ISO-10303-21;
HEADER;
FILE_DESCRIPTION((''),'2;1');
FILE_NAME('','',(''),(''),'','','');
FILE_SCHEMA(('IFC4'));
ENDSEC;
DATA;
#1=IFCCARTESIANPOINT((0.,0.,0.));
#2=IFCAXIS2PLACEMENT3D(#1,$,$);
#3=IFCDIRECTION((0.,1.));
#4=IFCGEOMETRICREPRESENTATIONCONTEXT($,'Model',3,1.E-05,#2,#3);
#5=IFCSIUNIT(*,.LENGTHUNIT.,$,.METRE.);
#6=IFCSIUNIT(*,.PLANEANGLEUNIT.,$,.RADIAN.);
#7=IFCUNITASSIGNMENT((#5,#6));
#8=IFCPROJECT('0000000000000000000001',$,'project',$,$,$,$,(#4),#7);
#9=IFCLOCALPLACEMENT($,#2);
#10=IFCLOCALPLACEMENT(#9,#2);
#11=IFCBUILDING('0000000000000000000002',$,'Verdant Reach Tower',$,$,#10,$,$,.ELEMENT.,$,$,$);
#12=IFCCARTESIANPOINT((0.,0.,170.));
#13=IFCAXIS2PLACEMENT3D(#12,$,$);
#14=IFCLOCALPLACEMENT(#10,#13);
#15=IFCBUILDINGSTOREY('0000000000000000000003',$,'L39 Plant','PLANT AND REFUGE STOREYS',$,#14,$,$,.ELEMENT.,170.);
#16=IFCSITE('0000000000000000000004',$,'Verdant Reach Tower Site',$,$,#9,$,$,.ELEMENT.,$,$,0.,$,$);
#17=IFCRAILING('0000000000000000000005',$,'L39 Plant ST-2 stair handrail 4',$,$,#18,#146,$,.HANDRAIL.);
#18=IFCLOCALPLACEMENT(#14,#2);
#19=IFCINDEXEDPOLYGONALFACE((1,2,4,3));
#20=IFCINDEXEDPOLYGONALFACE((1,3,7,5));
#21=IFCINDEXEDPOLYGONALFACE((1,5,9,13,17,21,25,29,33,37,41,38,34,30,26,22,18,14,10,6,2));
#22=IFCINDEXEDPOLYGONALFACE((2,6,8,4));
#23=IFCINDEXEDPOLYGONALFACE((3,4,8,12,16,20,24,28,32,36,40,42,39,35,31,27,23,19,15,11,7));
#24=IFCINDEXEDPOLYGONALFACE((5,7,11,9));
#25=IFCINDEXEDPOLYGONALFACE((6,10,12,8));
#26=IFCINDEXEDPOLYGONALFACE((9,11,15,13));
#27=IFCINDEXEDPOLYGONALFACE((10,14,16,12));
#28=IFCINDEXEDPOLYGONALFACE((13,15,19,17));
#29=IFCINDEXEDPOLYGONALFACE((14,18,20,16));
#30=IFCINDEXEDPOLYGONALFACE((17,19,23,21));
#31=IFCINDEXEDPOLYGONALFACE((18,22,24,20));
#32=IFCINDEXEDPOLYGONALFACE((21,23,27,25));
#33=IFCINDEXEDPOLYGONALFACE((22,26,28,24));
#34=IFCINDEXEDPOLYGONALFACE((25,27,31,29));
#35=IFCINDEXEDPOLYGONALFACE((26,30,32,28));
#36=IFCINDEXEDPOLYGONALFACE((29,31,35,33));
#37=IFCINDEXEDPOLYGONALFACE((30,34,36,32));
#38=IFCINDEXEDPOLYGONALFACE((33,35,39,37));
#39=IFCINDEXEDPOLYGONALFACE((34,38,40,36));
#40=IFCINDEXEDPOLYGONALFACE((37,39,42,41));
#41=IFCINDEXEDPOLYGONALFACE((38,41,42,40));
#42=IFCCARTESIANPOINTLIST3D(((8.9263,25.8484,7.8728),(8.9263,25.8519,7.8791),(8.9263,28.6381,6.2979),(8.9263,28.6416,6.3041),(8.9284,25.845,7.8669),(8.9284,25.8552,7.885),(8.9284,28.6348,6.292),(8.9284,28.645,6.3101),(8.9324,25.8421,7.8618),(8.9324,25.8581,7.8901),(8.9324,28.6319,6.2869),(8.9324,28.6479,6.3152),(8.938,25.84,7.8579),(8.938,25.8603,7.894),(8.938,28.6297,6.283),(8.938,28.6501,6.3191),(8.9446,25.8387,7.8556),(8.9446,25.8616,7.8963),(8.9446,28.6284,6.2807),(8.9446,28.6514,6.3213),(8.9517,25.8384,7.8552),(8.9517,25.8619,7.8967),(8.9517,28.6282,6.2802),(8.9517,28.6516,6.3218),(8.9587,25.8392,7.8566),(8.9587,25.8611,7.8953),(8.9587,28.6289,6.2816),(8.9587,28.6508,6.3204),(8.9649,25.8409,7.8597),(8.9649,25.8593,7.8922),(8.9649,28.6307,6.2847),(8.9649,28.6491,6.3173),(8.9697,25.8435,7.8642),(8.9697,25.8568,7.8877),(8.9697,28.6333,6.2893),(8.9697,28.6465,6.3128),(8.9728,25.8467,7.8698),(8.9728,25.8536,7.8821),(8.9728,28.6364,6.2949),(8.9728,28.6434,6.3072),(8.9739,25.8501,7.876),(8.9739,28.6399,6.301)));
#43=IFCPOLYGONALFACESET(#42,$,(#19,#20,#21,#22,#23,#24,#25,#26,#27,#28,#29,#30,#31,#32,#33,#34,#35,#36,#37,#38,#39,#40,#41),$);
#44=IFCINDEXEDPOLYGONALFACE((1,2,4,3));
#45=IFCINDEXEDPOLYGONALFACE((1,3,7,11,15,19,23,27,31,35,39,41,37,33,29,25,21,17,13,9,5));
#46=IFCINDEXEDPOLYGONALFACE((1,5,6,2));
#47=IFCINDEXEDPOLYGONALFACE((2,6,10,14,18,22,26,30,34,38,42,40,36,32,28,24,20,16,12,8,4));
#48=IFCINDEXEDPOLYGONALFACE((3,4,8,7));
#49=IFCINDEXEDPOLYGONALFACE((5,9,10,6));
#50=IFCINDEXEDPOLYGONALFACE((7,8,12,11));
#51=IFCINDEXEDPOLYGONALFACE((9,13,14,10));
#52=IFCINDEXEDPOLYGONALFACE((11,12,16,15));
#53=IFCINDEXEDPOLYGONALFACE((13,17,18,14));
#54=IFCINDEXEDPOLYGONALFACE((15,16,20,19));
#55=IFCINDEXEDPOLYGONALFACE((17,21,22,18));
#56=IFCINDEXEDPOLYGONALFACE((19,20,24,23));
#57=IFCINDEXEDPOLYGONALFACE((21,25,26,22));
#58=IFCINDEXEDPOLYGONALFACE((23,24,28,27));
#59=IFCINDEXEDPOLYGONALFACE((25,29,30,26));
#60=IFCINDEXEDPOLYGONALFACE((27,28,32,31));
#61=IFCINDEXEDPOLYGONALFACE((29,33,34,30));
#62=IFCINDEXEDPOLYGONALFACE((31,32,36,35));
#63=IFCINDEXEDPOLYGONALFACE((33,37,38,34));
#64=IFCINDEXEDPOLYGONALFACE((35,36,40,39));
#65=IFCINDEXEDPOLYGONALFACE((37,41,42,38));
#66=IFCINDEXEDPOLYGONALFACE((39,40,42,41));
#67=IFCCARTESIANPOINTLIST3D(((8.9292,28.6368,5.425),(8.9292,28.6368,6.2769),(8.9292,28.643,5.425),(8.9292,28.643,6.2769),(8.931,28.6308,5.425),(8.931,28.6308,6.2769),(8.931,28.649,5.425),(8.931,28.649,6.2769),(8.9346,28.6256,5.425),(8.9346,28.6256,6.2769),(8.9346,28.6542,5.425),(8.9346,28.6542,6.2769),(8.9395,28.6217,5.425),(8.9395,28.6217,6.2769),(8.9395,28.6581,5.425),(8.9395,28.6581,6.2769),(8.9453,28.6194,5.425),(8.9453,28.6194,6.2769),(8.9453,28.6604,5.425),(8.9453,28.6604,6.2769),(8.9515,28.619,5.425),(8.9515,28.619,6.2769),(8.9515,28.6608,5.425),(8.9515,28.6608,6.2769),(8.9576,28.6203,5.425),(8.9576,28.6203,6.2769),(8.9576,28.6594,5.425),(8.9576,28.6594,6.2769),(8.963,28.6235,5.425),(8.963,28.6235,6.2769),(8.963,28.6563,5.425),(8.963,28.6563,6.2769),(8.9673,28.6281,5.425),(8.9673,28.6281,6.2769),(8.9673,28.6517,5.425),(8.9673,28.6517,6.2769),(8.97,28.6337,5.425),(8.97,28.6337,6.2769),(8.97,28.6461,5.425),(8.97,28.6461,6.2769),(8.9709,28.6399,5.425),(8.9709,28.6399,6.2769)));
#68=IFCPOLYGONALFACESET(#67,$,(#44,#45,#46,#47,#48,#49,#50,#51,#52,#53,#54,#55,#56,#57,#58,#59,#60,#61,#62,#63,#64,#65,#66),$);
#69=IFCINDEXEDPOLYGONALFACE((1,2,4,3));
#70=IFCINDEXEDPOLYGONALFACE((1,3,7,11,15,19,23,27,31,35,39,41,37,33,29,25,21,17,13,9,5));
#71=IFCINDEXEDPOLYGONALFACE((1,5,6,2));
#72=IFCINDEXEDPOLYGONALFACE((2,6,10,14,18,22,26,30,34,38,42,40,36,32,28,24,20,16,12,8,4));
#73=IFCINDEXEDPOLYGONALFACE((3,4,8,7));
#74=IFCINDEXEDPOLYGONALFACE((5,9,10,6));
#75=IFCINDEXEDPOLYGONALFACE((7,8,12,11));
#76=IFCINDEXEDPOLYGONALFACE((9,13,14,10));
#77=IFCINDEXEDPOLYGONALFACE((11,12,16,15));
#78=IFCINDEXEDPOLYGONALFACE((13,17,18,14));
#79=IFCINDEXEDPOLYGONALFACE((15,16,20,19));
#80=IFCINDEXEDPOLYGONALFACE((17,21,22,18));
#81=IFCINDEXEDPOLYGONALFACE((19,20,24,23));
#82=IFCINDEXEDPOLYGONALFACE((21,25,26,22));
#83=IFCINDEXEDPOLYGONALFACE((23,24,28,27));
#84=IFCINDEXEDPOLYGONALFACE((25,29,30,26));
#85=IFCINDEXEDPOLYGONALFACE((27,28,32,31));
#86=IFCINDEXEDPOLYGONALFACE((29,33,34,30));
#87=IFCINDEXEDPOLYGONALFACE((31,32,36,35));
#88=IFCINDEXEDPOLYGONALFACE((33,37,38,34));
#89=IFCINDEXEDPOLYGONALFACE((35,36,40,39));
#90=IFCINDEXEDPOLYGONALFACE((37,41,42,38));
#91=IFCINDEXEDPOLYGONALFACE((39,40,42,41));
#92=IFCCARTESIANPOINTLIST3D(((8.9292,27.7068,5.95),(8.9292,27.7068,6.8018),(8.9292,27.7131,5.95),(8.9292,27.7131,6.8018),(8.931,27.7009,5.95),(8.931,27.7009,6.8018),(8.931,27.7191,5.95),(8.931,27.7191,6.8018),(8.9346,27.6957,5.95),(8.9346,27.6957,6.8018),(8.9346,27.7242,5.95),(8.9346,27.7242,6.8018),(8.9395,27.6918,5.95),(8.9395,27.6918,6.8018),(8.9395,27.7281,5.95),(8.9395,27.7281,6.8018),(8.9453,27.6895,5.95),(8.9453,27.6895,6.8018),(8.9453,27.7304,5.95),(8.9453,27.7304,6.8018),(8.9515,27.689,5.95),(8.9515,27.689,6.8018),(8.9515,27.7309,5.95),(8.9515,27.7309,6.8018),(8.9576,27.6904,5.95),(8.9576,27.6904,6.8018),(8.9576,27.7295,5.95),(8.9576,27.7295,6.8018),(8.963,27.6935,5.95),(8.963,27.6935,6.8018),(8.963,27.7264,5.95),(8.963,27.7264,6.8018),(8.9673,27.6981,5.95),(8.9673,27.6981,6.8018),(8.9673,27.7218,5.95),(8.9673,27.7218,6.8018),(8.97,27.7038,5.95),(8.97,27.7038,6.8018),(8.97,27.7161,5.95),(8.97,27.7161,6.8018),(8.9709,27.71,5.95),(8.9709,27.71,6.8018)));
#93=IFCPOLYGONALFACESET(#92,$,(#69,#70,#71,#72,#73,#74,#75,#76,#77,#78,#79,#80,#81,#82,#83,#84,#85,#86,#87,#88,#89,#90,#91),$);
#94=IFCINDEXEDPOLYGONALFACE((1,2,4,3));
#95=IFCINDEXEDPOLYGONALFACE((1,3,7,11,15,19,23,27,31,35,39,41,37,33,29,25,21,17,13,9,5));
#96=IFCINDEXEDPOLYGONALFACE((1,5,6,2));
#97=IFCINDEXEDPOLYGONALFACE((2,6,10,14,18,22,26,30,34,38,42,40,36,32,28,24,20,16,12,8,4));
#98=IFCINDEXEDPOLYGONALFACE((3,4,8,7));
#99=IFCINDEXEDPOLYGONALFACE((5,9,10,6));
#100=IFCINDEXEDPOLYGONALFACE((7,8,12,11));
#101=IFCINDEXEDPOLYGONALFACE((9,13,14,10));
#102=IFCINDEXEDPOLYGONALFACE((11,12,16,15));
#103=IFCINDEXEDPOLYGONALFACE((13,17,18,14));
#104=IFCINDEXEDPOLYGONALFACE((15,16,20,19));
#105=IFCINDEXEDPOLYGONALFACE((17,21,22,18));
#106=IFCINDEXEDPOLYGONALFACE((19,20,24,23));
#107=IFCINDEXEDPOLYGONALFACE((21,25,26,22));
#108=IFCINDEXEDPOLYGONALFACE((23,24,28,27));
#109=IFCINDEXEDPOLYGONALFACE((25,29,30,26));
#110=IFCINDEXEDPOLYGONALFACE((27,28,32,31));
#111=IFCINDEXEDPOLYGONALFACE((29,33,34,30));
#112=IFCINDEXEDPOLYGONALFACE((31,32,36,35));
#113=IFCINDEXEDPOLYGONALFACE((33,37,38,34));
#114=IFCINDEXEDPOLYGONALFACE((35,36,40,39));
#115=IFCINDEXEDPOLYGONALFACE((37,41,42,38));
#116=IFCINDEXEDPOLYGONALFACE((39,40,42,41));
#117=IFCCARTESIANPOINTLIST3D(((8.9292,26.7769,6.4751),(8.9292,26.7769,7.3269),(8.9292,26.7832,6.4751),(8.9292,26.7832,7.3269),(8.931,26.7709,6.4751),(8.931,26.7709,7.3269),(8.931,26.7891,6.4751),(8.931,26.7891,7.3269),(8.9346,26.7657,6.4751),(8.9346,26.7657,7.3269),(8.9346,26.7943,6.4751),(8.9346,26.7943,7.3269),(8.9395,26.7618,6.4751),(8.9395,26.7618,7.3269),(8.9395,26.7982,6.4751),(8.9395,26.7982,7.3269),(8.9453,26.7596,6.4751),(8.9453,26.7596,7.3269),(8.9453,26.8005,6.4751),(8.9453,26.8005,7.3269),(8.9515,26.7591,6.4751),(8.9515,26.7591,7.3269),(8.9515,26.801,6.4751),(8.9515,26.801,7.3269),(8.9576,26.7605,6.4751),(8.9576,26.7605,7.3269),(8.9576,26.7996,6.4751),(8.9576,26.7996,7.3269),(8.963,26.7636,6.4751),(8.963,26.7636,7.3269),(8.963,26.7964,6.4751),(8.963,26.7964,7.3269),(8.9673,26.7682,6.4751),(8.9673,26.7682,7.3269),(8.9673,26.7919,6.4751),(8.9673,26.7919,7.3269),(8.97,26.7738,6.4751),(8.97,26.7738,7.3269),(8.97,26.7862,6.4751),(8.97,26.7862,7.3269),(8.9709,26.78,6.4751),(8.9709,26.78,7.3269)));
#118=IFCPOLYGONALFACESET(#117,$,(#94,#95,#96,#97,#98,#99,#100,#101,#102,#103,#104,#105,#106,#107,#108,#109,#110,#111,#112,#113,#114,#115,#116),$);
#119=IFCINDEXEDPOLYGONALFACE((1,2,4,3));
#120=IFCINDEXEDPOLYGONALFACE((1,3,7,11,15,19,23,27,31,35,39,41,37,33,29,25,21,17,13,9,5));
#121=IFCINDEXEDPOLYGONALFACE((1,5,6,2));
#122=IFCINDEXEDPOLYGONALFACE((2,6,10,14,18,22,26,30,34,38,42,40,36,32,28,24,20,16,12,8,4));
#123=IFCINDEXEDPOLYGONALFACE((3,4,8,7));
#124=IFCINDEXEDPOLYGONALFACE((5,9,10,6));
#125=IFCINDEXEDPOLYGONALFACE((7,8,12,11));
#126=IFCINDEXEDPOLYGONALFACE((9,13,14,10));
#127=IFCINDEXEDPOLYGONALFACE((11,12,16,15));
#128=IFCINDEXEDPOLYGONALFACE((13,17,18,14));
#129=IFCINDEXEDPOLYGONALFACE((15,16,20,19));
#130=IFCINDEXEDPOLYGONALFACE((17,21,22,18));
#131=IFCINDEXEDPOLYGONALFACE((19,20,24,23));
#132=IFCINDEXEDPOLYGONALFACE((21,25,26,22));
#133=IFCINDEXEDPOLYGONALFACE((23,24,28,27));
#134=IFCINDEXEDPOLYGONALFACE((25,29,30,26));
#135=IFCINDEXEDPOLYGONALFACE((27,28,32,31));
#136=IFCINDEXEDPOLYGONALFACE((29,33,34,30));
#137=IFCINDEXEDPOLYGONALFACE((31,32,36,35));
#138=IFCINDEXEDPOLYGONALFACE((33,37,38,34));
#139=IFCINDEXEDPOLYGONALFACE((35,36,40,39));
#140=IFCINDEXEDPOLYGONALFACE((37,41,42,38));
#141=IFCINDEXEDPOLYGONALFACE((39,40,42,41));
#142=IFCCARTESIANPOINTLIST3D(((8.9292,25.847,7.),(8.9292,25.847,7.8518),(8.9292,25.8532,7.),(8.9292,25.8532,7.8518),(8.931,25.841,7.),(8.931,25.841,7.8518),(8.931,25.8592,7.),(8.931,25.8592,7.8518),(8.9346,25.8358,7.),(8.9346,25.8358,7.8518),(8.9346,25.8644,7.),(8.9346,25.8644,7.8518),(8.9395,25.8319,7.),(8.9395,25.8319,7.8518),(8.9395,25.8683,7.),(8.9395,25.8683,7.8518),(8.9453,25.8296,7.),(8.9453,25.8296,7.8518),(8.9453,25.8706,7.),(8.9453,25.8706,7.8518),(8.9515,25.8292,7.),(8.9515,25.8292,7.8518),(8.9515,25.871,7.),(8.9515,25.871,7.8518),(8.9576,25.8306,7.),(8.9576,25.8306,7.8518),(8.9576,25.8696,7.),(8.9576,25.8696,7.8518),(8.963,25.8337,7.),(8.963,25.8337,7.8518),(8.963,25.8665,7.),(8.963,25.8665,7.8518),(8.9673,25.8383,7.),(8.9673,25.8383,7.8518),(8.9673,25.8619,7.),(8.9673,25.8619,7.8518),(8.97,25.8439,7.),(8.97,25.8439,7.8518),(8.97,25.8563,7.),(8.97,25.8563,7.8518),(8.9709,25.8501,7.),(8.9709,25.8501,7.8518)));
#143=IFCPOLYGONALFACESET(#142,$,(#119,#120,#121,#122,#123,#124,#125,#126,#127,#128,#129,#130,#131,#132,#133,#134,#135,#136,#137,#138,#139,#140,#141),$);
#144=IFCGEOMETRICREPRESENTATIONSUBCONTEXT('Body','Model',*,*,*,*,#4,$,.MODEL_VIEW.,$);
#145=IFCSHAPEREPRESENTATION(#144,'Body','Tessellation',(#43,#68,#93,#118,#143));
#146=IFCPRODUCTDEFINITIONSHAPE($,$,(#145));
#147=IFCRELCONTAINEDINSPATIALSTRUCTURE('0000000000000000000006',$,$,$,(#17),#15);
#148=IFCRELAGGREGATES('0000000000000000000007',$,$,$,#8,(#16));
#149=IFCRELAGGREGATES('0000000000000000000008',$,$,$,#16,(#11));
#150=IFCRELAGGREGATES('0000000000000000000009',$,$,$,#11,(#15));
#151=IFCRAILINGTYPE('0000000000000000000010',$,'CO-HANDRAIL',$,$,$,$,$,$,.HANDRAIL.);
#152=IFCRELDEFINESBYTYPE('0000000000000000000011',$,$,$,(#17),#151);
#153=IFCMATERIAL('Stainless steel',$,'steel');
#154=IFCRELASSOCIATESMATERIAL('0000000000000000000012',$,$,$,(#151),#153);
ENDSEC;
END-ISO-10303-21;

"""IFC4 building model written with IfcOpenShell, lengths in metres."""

from ifc_helpers import new_model, si_unit, direction, frame, origin, origin_2d, place, context, subcontext, project, spatial, circle, extrude, material, type_object, element, save


model = new_model("IFC4")

# Units and contexts
model_context = context("Model", 3, precision=1e-05, world=origin(), true_north=direction((0.0, 1.0)))
body_context = subcontext(model_context, "Body", "Model", "MODEL_VIEW")
ifc_project = project(units=[si_unit("LENGTHUNIT", "METRE"), si_unit("PLANEANGLEUNIT", "RADIAN")], contexts=[model_context])

# Site, building, storey
site_placement = place(None, origin())
site = spatial("IfcSite", under=ifc_project, at=site_placement, Name="Verdant Reach Tower Site", CompositionType="ELEMENT", RefElevation=0.0)
building_placement = place(site_placement, origin())
building = spatial("IfcBuilding", under=site, at=building_placement, Name="Verdant Reach Tower", CompositionType="ELEMENT")
storey_placement = place(building_placement, frame((0.0, 0.0, 170.0)))
storey = spatial("IfcBuildingStorey", under=building, at=storey_placement, Name="L39 Plant", Description="PLANT AND REFUGE STOREYS", CompositionType="ELEMENT", Elevation=170.0)

# Railing
ifc_material_1 = material(Name="Stainless steel", Category="steel")
railing_type = type_object("IfcRailingType", Name="CO-HANDRAIL", PredefinedType="HANDRAIL", material=ifc_material_1)
for number, where, name in (
    (1, (8.95, 28.6399, 5.425), "L39 Plant ST-2 stair handrail 4"),
):
    element("IfcRailing", number, at=place(storey_placement, frame(where)), inside=storey, type_object=railing_type, Name=name, PredefinedType="HANDRAIL", context=body_context, shape_type="SweptSolid", body=[
        extrude(circle(Radius=0.0239, at=origin_2d()), frame((0.0, 0.0, 0.876), z_axis=(0.0, -0.870815, 0.49161), x_axis=(1.0, 0.0, 0.0)), (0.0, 0.0, 1.0), 3.2036),
        extrude(circle(Radius=0.021, at=origin_2d()), origin(), (0.0, 0.0, 1.0), 0.8518),
        extrude(circle(Radius=0.021, at=origin_2d()), frame((0.0, -0.9299, 0.5249)), (0.0, 0.0, 1.0), 0.8518),
        extrude(circle(Radius=0.021, at=origin_2d()), frame((0.0, -1.8599, 1.05)), (0.0, 0.0, 1.0), 0.8518),
        extrude(circle(Radius=0.021, at=origin_2d()), frame((0.0, -2.7898, 1.575)), (0.0, 0.0, 1.0), 0.8518),
    ])

save(model, "model.ifc")
